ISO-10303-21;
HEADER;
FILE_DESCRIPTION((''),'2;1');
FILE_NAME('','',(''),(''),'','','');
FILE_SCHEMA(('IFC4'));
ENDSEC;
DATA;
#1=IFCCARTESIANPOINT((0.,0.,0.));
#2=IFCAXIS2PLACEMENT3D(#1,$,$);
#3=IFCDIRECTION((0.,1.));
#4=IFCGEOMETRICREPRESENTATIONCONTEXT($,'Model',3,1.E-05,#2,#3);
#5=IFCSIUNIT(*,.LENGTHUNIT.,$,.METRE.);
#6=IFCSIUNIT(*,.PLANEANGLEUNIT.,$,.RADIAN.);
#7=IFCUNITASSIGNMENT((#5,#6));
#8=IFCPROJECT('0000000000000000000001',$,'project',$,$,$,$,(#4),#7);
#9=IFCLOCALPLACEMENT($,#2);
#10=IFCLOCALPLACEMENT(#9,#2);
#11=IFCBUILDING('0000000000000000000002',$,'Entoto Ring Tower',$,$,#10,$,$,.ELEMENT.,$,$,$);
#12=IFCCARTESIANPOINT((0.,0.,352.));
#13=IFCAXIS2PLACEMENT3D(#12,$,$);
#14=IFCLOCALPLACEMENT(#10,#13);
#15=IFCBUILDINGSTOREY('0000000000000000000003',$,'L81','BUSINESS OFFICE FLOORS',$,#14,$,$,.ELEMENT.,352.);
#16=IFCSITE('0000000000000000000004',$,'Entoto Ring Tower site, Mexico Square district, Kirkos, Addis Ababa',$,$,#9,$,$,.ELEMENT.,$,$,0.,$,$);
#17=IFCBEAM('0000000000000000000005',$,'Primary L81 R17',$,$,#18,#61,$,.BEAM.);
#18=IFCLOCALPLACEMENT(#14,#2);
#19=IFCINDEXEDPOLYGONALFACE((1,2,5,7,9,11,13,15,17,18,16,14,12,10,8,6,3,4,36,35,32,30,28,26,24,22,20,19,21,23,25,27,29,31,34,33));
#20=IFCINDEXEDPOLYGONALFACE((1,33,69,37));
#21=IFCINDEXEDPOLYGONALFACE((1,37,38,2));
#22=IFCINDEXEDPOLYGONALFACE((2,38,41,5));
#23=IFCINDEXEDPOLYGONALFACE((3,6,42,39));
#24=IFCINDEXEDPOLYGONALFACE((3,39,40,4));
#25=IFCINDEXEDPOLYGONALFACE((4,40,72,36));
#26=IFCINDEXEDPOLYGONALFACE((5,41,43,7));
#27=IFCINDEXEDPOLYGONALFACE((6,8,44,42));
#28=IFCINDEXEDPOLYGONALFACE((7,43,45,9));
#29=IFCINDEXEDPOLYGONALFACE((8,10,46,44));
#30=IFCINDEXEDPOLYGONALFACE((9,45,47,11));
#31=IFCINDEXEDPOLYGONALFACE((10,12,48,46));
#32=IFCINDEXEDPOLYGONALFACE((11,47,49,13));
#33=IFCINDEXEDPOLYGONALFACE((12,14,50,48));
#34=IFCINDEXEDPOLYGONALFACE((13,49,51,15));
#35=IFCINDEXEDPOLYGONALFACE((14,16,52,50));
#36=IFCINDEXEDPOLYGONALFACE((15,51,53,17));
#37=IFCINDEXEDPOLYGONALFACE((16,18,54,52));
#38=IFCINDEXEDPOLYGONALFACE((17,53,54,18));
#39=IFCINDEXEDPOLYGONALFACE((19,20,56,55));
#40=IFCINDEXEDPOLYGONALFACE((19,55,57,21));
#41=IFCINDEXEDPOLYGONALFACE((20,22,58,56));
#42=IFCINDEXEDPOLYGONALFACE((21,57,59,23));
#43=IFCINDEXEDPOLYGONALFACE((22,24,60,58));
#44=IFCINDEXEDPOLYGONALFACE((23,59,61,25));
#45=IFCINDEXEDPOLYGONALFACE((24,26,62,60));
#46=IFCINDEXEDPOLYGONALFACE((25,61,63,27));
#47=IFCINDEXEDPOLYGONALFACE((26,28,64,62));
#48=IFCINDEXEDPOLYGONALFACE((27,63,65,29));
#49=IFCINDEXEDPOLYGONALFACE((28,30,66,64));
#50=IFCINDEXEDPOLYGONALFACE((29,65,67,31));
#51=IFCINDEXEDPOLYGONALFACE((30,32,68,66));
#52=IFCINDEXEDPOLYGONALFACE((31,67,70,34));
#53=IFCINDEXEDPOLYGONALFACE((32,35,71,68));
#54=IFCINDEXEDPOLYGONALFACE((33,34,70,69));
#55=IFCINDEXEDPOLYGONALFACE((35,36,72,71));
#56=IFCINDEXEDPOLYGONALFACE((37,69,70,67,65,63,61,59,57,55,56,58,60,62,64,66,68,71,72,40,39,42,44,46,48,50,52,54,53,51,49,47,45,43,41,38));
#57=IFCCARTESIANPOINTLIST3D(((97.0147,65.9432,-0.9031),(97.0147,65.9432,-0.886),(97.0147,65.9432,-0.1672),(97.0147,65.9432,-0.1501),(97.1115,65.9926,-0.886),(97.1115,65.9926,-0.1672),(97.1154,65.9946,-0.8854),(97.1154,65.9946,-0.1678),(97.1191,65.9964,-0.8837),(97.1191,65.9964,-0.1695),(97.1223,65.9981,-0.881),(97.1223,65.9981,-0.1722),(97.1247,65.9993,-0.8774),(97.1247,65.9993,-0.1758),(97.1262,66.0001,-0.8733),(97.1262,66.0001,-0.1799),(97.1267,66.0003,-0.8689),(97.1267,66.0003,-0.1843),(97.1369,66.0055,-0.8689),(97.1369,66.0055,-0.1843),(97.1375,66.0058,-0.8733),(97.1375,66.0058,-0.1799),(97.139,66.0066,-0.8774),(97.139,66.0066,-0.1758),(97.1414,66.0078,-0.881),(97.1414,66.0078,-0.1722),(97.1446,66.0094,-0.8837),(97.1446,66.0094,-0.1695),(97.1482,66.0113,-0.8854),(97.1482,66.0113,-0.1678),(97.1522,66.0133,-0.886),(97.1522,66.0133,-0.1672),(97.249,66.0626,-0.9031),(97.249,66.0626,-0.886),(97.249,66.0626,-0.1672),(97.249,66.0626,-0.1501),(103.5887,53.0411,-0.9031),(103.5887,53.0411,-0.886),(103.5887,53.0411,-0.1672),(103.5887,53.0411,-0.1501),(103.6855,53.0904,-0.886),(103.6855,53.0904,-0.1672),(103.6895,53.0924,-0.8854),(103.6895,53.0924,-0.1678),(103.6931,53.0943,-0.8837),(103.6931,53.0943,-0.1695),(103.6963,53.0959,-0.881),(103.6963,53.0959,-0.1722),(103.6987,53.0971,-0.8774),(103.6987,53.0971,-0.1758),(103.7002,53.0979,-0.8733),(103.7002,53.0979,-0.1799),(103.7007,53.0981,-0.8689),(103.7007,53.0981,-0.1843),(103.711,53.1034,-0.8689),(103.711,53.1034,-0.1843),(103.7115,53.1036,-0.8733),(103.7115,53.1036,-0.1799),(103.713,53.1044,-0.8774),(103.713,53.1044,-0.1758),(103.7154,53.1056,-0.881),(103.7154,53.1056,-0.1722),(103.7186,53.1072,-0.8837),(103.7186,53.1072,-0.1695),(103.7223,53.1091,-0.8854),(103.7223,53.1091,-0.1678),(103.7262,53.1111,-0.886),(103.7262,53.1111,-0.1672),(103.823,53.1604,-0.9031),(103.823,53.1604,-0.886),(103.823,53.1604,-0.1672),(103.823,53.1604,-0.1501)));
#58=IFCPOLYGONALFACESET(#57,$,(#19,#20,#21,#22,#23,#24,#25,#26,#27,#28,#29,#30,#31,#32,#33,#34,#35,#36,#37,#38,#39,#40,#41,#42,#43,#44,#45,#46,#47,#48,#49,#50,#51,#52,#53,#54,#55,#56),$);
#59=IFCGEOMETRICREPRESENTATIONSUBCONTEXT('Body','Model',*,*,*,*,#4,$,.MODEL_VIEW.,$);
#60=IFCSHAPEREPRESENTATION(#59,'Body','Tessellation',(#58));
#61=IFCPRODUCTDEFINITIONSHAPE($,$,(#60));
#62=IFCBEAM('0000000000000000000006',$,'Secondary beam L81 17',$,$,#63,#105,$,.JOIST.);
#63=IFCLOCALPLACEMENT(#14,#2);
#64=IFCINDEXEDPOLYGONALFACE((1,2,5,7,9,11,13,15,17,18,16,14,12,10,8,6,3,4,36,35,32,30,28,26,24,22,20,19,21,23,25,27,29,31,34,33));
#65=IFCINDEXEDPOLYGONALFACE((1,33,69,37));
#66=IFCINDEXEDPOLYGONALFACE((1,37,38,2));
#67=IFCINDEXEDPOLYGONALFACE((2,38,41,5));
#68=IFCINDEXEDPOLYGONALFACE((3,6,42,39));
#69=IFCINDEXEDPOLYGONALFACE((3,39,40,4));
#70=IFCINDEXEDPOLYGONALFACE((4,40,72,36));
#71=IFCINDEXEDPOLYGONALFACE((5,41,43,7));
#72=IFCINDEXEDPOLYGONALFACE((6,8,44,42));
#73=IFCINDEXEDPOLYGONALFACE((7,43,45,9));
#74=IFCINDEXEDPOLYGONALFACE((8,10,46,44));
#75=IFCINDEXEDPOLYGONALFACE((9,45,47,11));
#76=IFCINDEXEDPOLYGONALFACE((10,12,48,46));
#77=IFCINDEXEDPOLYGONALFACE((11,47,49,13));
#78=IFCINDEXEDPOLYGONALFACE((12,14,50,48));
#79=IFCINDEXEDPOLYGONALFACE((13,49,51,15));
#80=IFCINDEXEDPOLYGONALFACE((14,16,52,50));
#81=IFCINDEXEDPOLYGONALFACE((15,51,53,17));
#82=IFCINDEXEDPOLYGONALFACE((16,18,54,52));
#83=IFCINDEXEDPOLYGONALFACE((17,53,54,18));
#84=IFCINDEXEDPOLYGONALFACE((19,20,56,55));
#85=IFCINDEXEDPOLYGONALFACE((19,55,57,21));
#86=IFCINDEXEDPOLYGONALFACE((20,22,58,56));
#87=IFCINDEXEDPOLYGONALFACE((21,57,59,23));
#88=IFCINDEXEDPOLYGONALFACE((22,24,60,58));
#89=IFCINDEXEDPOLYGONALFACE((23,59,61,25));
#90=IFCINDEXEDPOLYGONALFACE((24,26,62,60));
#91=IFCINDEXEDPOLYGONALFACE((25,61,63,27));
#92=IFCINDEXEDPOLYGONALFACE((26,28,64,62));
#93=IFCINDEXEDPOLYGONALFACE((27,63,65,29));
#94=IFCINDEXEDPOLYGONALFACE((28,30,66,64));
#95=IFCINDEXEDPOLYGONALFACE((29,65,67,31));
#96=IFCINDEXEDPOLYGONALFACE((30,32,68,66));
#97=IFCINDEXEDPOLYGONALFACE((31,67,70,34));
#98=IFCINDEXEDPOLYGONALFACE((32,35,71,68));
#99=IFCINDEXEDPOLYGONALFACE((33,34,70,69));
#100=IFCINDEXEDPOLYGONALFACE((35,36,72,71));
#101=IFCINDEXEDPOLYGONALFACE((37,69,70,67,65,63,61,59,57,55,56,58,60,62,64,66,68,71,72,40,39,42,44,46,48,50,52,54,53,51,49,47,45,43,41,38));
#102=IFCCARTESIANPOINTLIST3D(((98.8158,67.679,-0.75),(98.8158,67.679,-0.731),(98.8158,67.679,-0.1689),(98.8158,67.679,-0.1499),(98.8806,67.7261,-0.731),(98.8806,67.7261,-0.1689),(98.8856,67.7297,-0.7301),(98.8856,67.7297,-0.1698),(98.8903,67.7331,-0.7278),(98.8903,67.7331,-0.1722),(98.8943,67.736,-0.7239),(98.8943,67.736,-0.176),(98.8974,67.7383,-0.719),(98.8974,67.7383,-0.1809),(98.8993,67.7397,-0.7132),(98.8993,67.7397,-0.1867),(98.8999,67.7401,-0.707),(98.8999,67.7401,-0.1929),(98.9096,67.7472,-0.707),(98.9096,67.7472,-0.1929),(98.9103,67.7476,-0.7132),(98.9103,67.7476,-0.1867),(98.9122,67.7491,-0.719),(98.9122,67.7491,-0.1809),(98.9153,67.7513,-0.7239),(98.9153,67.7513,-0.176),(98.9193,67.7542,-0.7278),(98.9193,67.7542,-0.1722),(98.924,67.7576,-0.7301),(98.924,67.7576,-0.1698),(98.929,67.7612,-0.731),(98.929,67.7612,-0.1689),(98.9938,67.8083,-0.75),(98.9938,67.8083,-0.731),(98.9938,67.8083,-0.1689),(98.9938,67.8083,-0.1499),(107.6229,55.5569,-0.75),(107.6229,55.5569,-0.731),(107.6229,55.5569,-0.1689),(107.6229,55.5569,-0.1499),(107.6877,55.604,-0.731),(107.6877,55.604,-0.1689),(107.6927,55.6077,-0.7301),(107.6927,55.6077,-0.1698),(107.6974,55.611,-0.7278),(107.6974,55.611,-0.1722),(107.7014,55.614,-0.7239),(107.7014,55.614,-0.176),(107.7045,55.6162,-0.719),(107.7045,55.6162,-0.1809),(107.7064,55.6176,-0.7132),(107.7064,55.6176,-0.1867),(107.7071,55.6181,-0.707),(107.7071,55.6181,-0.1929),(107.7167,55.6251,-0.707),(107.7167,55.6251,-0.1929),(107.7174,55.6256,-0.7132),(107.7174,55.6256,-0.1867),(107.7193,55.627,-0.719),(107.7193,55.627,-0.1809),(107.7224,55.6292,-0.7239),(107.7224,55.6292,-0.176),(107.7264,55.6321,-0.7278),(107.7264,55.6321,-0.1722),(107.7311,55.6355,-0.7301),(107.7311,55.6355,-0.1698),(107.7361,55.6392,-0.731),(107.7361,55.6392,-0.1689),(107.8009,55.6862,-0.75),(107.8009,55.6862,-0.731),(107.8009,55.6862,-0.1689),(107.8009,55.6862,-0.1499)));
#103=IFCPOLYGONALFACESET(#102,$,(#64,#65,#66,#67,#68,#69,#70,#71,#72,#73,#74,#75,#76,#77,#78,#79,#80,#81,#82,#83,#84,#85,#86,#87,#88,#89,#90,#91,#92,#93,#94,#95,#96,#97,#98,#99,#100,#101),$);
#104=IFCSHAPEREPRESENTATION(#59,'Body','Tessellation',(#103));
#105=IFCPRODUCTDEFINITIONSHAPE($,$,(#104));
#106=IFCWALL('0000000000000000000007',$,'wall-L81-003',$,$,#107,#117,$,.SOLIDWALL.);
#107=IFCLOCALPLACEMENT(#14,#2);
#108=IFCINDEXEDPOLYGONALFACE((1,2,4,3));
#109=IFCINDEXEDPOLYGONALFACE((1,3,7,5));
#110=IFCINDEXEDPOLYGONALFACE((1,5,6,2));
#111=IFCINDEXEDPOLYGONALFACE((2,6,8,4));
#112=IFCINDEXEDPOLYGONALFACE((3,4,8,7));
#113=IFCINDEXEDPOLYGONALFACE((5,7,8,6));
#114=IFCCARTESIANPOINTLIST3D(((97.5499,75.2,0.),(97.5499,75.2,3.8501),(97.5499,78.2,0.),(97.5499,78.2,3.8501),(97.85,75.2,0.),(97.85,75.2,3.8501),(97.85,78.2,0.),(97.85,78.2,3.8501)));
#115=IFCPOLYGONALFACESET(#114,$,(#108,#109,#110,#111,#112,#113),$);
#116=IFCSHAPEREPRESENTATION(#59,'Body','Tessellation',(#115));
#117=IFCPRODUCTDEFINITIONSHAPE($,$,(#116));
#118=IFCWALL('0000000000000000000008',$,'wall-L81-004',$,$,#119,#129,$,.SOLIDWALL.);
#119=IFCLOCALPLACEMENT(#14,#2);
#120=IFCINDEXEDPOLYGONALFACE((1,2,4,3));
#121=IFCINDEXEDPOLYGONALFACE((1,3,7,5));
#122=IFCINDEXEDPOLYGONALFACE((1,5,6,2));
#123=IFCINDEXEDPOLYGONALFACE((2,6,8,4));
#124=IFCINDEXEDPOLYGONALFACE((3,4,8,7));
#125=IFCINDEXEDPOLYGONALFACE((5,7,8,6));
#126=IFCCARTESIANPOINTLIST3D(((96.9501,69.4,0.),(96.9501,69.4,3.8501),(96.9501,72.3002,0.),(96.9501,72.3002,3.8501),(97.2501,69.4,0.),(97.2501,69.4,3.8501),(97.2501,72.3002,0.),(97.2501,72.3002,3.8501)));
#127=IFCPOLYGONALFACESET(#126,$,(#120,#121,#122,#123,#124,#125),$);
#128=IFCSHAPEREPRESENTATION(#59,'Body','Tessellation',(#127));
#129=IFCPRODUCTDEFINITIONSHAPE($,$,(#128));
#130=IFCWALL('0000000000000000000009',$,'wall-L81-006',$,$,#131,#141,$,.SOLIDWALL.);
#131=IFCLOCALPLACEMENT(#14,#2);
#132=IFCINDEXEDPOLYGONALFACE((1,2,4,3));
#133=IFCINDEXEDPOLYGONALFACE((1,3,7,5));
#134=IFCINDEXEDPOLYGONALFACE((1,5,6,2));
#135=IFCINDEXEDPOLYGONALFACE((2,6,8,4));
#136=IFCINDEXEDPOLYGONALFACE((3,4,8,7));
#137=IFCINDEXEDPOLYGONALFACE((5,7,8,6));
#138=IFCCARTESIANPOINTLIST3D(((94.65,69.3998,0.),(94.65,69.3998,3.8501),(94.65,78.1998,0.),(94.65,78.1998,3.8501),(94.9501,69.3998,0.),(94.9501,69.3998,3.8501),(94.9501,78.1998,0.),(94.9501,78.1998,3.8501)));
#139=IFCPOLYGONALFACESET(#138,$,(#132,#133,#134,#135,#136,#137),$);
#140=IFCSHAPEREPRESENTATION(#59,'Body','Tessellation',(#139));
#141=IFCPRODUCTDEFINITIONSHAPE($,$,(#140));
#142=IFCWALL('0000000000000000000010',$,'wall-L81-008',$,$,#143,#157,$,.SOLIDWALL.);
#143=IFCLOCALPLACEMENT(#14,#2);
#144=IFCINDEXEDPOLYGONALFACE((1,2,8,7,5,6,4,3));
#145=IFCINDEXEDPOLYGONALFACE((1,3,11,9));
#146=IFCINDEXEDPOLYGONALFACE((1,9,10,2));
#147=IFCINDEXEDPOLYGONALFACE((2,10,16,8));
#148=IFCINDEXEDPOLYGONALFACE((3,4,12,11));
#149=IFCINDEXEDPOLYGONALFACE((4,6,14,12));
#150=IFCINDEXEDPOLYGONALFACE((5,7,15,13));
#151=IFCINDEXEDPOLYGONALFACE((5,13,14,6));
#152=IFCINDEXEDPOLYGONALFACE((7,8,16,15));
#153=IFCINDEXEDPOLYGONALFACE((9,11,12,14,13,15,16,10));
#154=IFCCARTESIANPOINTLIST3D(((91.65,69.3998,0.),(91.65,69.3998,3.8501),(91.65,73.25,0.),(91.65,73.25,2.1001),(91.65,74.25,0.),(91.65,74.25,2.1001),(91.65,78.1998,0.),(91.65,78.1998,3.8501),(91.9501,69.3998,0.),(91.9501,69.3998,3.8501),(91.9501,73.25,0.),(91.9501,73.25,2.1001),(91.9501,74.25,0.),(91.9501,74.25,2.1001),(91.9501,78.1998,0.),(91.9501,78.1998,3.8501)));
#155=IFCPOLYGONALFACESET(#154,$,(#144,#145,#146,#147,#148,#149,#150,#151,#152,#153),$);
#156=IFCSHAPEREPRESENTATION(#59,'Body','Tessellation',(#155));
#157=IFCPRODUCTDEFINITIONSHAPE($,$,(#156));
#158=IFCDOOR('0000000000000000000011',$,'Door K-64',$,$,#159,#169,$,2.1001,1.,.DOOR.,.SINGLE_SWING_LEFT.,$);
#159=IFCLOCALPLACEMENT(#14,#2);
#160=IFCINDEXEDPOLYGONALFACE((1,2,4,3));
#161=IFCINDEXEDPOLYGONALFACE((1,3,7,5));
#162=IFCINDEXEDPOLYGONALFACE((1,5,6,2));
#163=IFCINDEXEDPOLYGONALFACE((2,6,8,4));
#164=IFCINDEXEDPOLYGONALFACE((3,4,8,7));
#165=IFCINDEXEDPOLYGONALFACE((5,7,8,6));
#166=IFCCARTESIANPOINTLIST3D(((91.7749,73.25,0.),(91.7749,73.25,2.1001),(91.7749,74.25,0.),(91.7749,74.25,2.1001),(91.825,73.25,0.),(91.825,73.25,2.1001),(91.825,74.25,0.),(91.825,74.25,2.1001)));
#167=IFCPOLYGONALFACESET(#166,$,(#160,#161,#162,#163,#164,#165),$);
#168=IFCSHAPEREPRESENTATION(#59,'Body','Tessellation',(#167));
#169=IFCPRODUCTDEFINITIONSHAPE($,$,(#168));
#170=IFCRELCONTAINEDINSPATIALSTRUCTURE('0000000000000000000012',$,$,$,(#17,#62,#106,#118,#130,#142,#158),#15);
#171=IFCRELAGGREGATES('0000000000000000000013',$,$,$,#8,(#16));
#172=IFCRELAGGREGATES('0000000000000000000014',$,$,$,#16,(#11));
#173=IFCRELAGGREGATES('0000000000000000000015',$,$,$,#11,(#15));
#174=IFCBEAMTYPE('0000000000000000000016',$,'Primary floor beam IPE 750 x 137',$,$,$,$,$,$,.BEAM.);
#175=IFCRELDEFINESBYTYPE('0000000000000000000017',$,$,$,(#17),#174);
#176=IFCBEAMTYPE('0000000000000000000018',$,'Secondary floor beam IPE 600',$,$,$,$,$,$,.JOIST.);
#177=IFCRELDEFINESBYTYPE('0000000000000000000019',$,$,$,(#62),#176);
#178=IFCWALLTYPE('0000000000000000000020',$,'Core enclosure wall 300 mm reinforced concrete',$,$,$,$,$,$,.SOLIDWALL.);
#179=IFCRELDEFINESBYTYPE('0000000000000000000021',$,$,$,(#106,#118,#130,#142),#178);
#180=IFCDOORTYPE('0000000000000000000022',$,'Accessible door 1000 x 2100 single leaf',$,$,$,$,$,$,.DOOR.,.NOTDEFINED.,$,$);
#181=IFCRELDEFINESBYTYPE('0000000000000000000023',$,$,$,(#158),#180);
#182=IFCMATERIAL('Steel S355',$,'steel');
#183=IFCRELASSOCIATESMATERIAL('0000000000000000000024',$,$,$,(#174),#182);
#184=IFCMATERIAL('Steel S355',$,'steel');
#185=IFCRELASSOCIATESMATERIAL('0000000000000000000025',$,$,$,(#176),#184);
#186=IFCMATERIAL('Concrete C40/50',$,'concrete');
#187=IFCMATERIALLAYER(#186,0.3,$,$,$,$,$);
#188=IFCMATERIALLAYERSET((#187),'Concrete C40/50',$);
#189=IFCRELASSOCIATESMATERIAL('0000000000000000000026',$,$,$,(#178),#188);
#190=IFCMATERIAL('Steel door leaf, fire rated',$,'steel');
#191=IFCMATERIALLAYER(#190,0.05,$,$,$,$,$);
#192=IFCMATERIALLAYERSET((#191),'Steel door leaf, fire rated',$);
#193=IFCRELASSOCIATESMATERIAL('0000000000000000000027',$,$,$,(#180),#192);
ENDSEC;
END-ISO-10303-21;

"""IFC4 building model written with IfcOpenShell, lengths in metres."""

from ifc_helpers import new_model, si_unit, direction, frame, frame_2d, origin, origin_2d, place, context, subcontext, project, spatial, rectangle, i_section, extrude, material, layer, layer_set, material_profile, profile_set, type_object, element, fill, save


model = new_model("IFC4")

# Units and contexts
model_context = context("Model", 3, precision=1e-05, world=origin(), true_north=direction((0.0, 1.0)))
body_context = subcontext(model_context, "Body", "Model", "MODEL_VIEW")
ifc_project = project(units=[si_unit("LENGTHUNIT", "METRE"), si_unit("PLANEANGLEUNIT", "RADIAN")], contexts=[model_context])

# Site, building, storey
site_placement = place(None, origin())
site = spatial("IfcSite", under=ifc_project, at=site_placement, Name="Entoto Ring Tower site, Mexico Square district, Kirkos, Addis Ababa", CompositionType="ELEMENT", RefElevation=0.0)
building_placement = place(site_placement, origin())
building = spatial("IfcBuilding", under=site, at=building_placement, Name="Entoto Ring Tower", CompositionType="ELEMENT")
storey_placement = place(building_placement, frame((0.0, 0.0, 352.0)))
storey = spatial("IfcBuildingStorey", under=building, at=storey_placement, Name="L81", Description="BUSINESS OFFICE FLOORS", CompositionType="ELEMENT", Elevation=352.0)

# Beams
ifc_material_1 = material(Name="Steel S355", Category="steel")
ifc_material_profile_1 = material_profile(ifc_material_1, i_section(OverallWidth=0.2629, OverallDepth=0.7529, WebThickness=0.0115, FlangeThickness=0.0171, FilletRadius=0.0171, at=origin_2d()), Name="IPE 750 x 137")
ifc_profile_set_1 = profile_set([ifc_material_profile_1], Name="Steel S355")
beam_type_1 = type_object("IfcBeamType", Name="Primary floor beam IPE 750 x 137", PredefinedType="BEAM", material=ifc_profile_set_1)
beam_1_placement = place(storey_placement, frame((97.1318, 66.0029, -0.5266), z_axis=(0.453992, -0.891006, 0.0), x_axis=(0.891006, 0.453992, 0.0)))
element("IfcBeam", 1, at=beam_1_placement, inside=storey, type_object=beam_type_1, Name="Primary L81 R17", PredefinedType="BEAM", context=body_context, shape_type="SweptSolid", body=[
    extrude(i_section(OverallWidth=0.2629, OverallDepth=0.7529, WebThickness=0.0115, FlangeThickness=0.0171, FilletRadius=0.0171, at=origin_2d()), origin(), (0.0, 0.0, 1.0), 14.4805),
])
ifc_material_2 = material(Name="Steel S355", Category="steel")
ifc_material_profile_2 = material_profile(ifc_material_2, i_section(OverallWidth=0.22, OverallDepth=0.6001, WebThickness=0.012, FlangeThickness=0.019, FilletRadius=0.0239, at=origin_2d()), Name="IPE 600")
ifc_profile_set_2 = profile_set([ifc_material_profile_2], Name="Steel S355")
beam_type_2 = type_object("IfcBeamType", Name="Secondary floor beam IPE 600", PredefinedType="JOIST", material=ifc_profile_set_2)
beam_2_placement = place(storey_placement, frame((98.9048, 67.7437, -0.45), z_axis=(0.587782, -0.809019, 0.0), x_axis=(0.809019, 0.587782, 0.0)))
element("IfcBeam", 2, at=beam_2_placement, inside=storey, type_object=beam_type_2, Name="Secondary beam L81 17", PredefinedType="JOIST", context=body_context, shape_type="SweptSolid", body=[
    extrude(i_section(OverallWidth=0.22, OverallDepth=0.6001, WebThickness=0.012, FlangeThickness=0.019, FilletRadius=0.0239, at=origin_2d()), origin(), (0.0, 0.0, 1.0), 14.9836),
])

# Walls
ifc_material_3 = material(Name="Concrete C40/50", Category="concrete")
ifc_layer_1 = layer(ifc_material_3, 0.3)
ifc_layer_set_1 = layer_set([ifc_layer_1], Name="Concrete C40/50")
wall_type_1 = type_object("IfcWallType", Name="Core enclosure wall 300 mm reinforced concrete", PredefinedType="SOLIDWALL", material=ifc_layer_set_1)
wall_1_placement = place(storey_placement, frame((97.7, 75.2, 0.0), z_axis=(0.0, 0.0, 1.0), x_axis=(0.0, 1.0, 0.0)))
element("IfcWall", 3, at=wall_1_placement, inside=storey, type_object=wall_type_1, Name="wall-L81-003", PredefinedType="SOLIDWALL", context=body_context, shape_type="SweptSolid", body=[
    extrude(rectangle(XDim=3.0, YDim=0.3, at=frame_2d((1.5, 0.0))), origin(), (0.0, 0.0, 1.0), 3.8501),
])
wall_2_placement = place(storey_placement, frame((97.1001, 69.3999, 0.0), z_axis=(0.0, 0.0, 1.0), x_axis=(0.0, 1.0, 0.0)))
element("IfcWall", 4, at=wall_2_placement, inside=storey, type_object=wall_type_1, Name="wall-L81-004", PredefinedType="SOLIDWALL", context=body_context, shape_type="SweptSolid", body=[
    extrude(rectangle(XDim=2.9001, YDim=0.3, at=frame_2d((1.4502, 0.0))), origin(), (0.0, 0.0, 1.0), 3.8501),
])
wall_3_placement = place(storey_placement, frame((94.8, 69.3999, 0.0), z_axis=(0.0, 0.0, 1.0), x_axis=(0.0, 1.0, 0.0)))
element("IfcWall", 5, at=wall_3_placement, inside=storey, type_object=wall_type_1, Name="wall-L81-006", PredefinedType="SOLIDWALL", context=body_context, shape_type="SweptSolid", body=[
    extrude(rectangle(XDim=8.8, YDim=0.3, at=frame_2d((4.3999, 0.0))), origin(), (0.0, 0.0, 1.0), 3.8501),
])

# Wall, opening, door
wall_4_placement = place(storey_placement, frame((91.8, 69.3999, 0.0), z_axis=(0.0, 0.0, 1.0), x_axis=(0.0, 1.0, 0.0)))
wall_4 = element("IfcWall", 6, at=wall_4_placement, inside=storey, type_object=wall_type_1, Name="wall-L81-008", PredefinedType="SOLIDWALL", context=body_context, shape_type="SweptSolid", body=[
    extrude(rectangle(XDim=8.8, YDim=0.3, at=frame_2d((4.3999, 0.0))), origin(), (0.0, 0.0, 1.0), 3.8501),
])
opening_1_placement = place(wall_4_placement, frame((3.8501, 0.0, 0.0)))
opening_1 = element("IfcOpeningElement", 7, at=opening_1_placement, cuts=wall_4, PredefinedType="OPENING", context=body_context, shape_type="SweptSolid", body=[
    extrude(rectangle(XDim=1.0, YDim=2.1001, at=frame_2d((0.5, 1.05))), frame((0.0, 0.1602, 0.0), z_axis=(0.0, -1.0, 0.0), x_axis=(1.0, 0.0, 0.0)), (0.0, 0.0, 1.0), 0.3201),
])
ifc_material_4 = material(Name="Steel door leaf, fire rated", Category="steel")
ifc_layer_2 = layer(ifc_material_4, 0.05)
ifc_layer_set_2 = layer_set([ifc_layer_2], Name="Steel door leaf, fire rated")
door_type_1 = type_object("IfcDoorType", Name="Accessible door 1000 x 2100 single leaf", OperationType="NOTDEFINED", PredefinedType="DOOR", material=ifc_layer_set_2)
door_1_placement = place(opening_1_placement, frame((1.0, 0.0, 0.0), z_axis=(0.0, 0.0, 1.0), x_axis=(-1.0, 0.0, 0.0)))
door_1 = element("IfcDoor", 8, at=door_1_placement, inside=storey, type_object=door_type_1, Name="Door K-64", OperationType="SINGLE_SWING_LEFT", OverallHeight=2.1001, OverallWidth=1.0, PredefinedType="DOOR", context=body_context, shape_type="SweptSolid", body=[
    extrude(rectangle(XDim=1.0, YDim=2.1001, at=frame_2d((0.5, 1.05))), frame((0.0, 0.0249, 0.0), z_axis=(0.0, -1.0, 0.0), x_axis=(1.0, 0.0, 0.0)), (0.0, 0.0, 1.0), 0.05),
])
fill(opening_1, door_1)

save(model, "model.ifc")
